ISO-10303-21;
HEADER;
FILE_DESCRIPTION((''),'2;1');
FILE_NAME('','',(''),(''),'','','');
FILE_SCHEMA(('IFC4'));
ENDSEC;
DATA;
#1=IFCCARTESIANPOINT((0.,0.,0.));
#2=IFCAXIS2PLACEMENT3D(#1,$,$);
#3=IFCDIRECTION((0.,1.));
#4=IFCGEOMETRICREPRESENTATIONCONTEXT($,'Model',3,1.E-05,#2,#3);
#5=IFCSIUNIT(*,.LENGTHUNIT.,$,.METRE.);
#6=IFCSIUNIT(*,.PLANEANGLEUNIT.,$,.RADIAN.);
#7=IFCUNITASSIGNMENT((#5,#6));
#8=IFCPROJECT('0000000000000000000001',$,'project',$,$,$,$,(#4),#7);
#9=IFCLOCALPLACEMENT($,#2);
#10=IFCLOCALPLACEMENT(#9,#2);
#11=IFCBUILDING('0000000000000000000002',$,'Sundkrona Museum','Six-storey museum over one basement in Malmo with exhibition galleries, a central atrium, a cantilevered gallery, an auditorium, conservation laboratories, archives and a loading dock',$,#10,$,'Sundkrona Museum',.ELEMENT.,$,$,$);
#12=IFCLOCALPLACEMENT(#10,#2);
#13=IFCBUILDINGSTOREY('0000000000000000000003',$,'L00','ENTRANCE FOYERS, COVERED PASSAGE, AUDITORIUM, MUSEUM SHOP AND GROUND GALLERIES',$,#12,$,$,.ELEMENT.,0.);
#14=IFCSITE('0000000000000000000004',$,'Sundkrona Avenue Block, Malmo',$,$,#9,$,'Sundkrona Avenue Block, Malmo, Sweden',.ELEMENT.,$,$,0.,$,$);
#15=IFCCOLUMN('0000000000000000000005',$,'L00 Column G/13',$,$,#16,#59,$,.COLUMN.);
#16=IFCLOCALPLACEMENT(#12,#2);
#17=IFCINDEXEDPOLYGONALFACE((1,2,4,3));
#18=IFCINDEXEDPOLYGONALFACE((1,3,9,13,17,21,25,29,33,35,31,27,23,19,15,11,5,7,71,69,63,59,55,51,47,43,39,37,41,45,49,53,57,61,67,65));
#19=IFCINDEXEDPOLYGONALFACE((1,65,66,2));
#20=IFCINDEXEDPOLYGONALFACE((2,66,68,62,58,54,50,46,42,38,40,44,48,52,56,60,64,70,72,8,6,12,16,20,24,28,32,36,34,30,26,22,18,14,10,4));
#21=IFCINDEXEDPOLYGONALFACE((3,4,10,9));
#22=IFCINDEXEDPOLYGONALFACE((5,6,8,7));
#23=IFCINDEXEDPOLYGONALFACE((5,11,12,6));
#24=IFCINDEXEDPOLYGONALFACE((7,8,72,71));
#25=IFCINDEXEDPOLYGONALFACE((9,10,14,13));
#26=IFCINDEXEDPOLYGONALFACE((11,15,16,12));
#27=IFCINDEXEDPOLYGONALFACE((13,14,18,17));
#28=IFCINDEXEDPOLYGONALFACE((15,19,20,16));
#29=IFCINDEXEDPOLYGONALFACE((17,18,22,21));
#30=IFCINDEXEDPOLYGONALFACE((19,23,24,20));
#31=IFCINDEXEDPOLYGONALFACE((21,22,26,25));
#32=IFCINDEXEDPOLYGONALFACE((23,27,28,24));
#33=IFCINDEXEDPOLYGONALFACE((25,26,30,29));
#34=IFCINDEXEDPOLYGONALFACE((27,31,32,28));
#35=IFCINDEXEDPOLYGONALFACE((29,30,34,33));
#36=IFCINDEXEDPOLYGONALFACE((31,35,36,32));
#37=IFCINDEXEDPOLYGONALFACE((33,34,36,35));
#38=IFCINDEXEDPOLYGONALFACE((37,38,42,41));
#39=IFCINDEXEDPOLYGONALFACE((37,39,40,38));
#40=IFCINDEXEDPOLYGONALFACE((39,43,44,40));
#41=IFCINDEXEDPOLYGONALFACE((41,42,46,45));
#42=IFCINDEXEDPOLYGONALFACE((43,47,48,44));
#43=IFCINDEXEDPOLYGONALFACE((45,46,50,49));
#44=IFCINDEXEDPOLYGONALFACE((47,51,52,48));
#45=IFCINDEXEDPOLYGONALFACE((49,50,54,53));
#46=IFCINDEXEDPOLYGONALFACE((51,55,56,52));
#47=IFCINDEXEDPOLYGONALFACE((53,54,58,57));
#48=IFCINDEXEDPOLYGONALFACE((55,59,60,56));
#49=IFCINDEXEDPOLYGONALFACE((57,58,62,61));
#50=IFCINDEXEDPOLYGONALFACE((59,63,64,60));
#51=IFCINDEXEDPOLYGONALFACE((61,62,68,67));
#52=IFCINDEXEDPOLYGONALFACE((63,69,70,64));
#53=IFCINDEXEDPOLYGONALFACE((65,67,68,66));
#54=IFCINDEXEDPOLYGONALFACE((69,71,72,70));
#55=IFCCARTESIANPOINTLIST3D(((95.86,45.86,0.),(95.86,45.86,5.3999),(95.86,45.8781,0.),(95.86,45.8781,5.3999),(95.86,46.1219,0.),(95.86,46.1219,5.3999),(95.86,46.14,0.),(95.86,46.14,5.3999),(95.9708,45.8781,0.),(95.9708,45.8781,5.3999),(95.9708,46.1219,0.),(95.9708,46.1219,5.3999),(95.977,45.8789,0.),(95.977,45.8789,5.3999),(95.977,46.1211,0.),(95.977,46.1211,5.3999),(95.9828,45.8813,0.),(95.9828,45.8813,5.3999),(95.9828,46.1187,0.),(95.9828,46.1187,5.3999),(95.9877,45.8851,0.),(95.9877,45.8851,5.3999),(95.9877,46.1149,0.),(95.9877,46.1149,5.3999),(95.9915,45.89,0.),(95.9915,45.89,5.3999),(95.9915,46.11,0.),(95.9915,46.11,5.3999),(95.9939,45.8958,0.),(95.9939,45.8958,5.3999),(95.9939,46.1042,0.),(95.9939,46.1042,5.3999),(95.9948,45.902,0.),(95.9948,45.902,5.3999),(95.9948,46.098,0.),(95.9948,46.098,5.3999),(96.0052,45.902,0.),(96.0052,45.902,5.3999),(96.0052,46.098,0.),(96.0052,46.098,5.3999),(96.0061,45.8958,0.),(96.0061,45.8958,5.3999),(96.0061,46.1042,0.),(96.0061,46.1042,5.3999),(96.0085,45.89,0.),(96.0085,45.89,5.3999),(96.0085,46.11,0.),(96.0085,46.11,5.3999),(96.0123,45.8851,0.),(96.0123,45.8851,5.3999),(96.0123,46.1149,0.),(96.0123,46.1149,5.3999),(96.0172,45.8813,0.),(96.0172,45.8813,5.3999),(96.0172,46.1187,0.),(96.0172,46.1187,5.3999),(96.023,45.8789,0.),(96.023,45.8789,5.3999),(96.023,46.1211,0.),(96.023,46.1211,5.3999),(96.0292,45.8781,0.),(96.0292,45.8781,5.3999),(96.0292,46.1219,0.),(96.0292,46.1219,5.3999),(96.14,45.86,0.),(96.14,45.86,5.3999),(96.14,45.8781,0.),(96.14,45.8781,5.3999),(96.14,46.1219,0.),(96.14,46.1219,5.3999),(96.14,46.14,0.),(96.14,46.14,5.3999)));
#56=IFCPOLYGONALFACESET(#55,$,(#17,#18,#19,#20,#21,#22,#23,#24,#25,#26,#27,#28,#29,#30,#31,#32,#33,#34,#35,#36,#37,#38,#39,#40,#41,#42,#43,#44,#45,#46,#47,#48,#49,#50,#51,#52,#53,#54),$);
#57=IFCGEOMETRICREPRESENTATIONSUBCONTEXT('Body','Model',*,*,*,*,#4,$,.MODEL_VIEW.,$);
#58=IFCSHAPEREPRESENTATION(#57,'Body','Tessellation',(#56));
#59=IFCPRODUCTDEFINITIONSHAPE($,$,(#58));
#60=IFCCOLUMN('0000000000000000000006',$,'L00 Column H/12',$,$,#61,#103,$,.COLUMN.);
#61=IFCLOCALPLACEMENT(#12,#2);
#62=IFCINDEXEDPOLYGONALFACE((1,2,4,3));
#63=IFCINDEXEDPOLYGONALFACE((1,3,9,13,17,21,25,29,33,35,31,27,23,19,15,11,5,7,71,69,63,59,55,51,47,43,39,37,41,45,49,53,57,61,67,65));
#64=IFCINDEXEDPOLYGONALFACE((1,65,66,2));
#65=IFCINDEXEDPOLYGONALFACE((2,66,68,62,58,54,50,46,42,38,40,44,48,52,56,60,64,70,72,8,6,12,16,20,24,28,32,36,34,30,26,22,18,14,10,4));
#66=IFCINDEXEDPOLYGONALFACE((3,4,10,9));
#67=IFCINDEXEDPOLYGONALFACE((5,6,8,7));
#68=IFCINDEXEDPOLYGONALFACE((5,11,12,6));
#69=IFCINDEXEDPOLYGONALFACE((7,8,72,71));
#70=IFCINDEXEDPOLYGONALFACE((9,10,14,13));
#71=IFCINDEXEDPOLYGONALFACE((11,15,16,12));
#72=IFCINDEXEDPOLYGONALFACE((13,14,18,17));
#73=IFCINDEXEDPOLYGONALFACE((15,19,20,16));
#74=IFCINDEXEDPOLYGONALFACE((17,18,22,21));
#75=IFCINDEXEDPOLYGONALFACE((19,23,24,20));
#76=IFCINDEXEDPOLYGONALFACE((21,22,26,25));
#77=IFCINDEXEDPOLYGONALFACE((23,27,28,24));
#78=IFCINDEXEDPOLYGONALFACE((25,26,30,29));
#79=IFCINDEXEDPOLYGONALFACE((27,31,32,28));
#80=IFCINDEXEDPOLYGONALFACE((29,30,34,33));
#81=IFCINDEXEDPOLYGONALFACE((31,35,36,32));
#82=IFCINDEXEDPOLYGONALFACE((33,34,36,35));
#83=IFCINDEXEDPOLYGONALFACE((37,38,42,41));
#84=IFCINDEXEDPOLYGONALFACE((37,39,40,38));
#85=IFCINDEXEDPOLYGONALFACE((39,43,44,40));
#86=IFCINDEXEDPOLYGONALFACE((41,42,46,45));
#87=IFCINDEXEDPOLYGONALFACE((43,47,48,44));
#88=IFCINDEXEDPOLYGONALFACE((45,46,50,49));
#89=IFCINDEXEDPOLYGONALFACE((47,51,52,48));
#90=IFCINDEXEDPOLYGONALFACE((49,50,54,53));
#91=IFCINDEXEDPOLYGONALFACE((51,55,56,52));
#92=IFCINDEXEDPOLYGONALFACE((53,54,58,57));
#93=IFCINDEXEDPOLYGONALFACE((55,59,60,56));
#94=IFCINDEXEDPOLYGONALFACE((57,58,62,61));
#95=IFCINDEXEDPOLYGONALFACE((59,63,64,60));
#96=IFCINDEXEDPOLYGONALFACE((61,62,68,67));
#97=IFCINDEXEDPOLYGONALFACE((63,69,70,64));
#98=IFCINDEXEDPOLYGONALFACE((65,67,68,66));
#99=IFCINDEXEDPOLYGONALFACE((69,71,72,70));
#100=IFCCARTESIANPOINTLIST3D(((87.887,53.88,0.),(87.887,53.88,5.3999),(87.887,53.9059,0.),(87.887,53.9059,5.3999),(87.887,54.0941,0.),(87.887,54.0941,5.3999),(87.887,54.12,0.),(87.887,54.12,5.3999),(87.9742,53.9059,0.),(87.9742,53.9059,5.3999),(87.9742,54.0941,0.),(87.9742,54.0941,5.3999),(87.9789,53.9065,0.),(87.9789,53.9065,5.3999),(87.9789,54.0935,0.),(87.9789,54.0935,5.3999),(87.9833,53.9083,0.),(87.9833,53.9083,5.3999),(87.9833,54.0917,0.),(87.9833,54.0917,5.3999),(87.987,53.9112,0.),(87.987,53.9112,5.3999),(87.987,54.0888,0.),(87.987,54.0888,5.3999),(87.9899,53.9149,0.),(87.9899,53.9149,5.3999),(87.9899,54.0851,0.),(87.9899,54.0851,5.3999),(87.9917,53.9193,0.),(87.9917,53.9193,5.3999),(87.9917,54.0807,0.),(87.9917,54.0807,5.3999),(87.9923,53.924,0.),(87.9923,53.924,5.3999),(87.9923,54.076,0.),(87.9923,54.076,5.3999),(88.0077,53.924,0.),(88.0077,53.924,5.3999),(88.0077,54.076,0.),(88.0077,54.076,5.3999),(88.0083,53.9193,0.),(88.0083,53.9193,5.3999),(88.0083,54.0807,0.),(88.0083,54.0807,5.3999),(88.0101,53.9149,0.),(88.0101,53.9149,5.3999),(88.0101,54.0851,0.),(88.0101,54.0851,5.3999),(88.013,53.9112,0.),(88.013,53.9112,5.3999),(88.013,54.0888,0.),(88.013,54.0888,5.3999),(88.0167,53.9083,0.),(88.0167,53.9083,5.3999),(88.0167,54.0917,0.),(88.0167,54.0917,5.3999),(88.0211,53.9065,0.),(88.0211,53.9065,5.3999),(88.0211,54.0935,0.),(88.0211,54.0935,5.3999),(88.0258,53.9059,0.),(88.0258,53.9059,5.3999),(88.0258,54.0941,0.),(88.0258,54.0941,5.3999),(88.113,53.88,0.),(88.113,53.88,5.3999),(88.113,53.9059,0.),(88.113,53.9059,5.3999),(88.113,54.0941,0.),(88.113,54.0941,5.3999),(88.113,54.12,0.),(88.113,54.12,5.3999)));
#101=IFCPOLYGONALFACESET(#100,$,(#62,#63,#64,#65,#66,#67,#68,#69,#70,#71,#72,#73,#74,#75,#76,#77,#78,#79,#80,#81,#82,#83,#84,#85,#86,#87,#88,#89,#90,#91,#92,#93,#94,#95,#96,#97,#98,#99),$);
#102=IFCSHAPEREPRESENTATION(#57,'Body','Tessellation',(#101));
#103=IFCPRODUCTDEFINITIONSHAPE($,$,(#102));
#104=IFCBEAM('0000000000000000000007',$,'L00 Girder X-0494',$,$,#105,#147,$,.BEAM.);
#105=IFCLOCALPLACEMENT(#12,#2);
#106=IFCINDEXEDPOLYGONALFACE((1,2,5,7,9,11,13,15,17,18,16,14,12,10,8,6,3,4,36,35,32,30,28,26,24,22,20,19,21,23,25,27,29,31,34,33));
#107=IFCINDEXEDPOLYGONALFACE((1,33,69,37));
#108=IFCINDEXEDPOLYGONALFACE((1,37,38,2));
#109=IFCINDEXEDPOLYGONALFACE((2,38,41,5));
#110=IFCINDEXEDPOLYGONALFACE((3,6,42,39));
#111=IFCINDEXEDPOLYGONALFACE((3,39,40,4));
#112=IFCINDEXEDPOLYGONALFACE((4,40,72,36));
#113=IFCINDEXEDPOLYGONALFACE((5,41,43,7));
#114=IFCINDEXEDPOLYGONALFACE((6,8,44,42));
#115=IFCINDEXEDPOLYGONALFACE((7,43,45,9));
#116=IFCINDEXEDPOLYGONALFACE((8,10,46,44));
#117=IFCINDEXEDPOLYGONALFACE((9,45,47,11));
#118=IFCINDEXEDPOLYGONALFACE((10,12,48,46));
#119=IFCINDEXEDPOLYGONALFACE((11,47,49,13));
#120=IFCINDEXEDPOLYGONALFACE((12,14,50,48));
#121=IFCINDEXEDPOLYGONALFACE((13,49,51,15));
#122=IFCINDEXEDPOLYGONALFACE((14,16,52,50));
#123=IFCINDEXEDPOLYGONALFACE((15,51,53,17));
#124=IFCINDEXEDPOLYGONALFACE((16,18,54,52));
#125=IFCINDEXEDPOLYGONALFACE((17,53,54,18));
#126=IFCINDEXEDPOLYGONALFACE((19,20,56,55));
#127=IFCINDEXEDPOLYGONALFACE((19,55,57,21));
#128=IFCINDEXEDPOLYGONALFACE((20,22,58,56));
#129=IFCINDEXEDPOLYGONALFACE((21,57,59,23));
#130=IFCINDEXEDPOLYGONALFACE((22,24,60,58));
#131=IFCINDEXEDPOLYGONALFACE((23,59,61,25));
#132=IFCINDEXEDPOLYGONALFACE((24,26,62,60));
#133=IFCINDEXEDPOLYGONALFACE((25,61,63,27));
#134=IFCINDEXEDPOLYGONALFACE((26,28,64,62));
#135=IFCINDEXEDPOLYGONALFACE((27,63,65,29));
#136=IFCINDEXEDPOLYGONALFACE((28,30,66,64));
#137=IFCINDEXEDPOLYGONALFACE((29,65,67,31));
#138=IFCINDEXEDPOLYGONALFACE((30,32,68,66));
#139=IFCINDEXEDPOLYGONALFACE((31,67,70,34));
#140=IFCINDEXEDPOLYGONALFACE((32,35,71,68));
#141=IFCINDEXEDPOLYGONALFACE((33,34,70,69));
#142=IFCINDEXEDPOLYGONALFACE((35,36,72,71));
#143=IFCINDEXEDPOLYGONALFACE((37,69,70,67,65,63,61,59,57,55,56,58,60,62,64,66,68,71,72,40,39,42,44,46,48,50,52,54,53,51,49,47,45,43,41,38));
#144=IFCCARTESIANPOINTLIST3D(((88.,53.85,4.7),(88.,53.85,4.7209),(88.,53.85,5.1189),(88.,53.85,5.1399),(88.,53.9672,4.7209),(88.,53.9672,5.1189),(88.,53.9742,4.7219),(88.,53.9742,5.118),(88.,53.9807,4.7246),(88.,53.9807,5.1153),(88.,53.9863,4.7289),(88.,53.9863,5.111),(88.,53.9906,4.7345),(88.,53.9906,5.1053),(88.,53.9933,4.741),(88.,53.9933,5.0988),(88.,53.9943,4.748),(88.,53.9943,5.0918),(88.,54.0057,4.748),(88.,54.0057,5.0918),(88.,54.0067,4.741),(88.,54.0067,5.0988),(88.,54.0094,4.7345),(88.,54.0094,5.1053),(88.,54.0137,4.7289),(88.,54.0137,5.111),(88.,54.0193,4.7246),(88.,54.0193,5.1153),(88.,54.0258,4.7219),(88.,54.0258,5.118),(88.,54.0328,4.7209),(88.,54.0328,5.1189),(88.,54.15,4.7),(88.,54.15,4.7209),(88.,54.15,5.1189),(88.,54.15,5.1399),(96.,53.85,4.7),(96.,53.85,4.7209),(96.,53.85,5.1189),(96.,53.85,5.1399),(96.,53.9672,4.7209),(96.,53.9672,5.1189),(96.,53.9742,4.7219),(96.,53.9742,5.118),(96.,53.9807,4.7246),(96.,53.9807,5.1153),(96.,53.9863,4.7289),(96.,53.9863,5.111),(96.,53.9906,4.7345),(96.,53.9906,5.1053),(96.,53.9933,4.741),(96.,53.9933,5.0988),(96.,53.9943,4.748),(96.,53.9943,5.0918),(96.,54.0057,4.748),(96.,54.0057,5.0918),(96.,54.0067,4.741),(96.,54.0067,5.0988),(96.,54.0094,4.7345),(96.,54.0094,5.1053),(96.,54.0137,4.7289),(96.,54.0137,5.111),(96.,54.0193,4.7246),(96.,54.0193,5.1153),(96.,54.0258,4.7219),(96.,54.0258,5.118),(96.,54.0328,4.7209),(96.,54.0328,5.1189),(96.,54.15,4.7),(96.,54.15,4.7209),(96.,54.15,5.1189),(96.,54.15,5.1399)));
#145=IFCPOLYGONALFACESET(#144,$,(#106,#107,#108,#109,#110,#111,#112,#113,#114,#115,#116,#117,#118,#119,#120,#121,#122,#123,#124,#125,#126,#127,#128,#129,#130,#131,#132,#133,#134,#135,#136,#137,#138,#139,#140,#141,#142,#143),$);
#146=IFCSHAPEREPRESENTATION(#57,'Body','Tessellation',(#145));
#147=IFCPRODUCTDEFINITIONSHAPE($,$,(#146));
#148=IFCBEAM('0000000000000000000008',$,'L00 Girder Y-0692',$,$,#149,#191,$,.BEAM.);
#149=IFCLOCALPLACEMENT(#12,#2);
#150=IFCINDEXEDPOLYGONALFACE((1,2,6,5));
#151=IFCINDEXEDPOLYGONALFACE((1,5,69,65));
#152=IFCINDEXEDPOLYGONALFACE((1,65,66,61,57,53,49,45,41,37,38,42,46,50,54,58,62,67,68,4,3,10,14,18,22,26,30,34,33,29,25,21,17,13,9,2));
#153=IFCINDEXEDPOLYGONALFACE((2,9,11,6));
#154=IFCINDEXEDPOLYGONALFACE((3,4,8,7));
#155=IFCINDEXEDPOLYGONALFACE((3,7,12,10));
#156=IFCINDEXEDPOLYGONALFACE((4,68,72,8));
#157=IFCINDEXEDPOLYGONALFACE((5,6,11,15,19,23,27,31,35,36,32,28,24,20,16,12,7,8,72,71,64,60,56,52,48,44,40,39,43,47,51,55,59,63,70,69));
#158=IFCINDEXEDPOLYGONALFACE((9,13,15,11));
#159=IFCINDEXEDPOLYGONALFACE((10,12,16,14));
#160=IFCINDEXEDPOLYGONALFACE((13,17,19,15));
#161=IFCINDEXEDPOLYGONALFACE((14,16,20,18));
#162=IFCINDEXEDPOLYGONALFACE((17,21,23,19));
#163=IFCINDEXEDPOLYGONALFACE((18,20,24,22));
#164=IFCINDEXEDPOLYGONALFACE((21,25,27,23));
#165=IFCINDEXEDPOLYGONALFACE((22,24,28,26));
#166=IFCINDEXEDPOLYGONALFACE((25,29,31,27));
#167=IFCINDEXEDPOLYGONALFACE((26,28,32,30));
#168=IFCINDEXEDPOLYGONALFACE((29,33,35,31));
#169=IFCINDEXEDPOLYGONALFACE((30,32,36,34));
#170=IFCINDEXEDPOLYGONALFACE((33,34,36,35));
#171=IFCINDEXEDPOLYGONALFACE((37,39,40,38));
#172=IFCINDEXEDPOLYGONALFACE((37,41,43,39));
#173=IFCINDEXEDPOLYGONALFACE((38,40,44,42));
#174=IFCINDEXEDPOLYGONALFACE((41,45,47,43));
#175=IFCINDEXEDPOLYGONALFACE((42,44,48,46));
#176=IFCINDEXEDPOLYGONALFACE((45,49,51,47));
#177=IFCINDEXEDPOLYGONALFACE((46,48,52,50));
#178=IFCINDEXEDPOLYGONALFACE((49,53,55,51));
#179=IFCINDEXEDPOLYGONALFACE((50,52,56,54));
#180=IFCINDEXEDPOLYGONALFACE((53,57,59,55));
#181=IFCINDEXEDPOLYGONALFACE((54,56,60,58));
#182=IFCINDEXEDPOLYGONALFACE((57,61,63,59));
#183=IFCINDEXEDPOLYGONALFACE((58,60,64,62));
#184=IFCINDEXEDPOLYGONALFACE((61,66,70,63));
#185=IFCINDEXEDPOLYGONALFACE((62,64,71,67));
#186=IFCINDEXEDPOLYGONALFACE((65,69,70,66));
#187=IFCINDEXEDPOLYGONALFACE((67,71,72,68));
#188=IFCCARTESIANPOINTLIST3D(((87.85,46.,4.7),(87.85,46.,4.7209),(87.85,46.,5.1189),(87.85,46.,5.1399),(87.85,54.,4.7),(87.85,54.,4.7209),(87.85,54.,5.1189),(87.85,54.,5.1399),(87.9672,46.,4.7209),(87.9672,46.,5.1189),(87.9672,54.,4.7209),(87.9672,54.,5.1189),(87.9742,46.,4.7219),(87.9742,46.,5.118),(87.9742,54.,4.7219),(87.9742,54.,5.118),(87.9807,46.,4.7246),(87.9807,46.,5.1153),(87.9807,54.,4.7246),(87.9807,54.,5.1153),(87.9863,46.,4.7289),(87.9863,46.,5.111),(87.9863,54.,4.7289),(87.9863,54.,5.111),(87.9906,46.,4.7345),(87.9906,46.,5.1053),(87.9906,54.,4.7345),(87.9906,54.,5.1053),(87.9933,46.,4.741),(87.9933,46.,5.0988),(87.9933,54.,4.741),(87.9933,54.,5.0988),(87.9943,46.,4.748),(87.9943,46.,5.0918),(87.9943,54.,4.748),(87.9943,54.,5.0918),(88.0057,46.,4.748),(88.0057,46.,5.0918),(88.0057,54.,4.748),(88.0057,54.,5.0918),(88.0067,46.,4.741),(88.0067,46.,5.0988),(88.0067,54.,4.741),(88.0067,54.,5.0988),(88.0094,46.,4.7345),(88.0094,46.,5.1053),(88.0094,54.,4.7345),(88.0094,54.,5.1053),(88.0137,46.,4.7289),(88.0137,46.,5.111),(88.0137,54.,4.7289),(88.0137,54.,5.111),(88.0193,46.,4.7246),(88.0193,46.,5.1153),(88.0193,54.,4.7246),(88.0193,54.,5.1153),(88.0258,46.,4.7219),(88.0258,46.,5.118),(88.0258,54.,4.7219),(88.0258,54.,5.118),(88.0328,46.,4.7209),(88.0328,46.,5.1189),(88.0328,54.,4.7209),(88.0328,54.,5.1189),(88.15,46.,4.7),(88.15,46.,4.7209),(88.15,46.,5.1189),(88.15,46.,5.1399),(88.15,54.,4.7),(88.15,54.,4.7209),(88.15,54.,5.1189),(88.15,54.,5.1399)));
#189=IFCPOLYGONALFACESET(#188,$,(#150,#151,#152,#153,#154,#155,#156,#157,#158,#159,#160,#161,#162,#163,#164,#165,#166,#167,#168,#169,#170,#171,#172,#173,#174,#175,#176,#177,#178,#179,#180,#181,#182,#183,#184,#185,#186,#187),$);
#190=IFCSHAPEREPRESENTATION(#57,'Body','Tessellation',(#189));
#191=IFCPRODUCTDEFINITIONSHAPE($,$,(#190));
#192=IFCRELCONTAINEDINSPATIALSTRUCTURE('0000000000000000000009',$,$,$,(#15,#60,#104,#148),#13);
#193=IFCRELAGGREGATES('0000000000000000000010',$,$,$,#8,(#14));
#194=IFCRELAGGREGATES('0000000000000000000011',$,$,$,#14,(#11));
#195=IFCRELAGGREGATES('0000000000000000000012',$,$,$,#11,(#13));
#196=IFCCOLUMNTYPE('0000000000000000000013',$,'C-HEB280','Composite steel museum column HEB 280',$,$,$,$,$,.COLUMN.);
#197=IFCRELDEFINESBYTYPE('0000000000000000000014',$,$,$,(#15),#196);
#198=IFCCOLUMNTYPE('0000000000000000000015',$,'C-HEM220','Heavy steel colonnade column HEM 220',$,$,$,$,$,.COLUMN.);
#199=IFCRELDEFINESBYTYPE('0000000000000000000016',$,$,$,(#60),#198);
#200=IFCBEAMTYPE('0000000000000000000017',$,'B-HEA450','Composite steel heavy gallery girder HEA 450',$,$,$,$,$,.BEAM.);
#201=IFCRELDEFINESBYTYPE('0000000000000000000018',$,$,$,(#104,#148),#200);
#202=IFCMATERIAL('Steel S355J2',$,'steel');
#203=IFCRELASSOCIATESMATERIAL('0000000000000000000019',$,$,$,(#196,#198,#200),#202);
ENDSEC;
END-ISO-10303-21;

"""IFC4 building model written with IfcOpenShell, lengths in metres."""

from ifc_helpers import new_model, si_unit, direction, frame, origin, origin_2d, place, context, subcontext, project, spatial, i_section, extrude, material, material_profile, profile_set, type_object, element, save


model = new_model("IFC4")

# Units and contexts
model_context = context("Model", 3, precision=1e-05, world=origin(), true_north=direction((0.0, 1.0)))
body_context = subcontext(model_context, "Body", "Model", "MODEL_VIEW")
ifc_project = project(units=[si_unit("LENGTHUNIT", "METRE"), si_unit("PLANEANGLEUNIT", "RADIAN")], contexts=[model_context])

# Site, building, storey
site_placement = place(None, origin())
site = spatial("IfcSite", under=ifc_project, at=site_placement, Name="Sundkrona Avenue Block, Malmo", LongName="Sundkrona Avenue Block, Malmo, Sweden", CompositionType="ELEMENT", RefElevation=0.0)
building_placement = place(site_placement, origin())
building = spatial("IfcBuilding", under=site, at=building_placement, Name="Sundkrona Museum", Description="Six-storey museum over one basement in Malmo with exhibition galleries, a central atrium, a cantilevered gallery, an auditorium, conservation laboratories, archives and a loading dock", LongName="Sundkrona Museum", CompositionType="ELEMENT")
storey_placement = place(building_placement, origin())
storey = spatial("IfcBuildingStorey", under=building, at=storey_placement, Name="L00", Description="ENTRANCE FOYERS, COVERED PASSAGE, AUDITORIUM, MUSEUM SHOP AND GROUND GALLERIES", CompositionType="ELEMENT", Elevation=0.0)

# Columns
ifc_material_1 = material(Name="Steel S355J2", Category="steel")
ifc_material_profile_1 = material_profile(ifc_material_1, i_section(OverallWidth=0.28, OverallDepth=0.28, WebThickness=0.0105, FlangeThickness=0.0181, FilletRadius=0.0239, at=origin_2d()), Name="HEB 280")
ifc_profile_set_1 = profile_set([ifc_material_profile_1], Name="Steel S355J2")
column_type_1 = type_object("IfcColumnType", Name="C-HEB280", Description="Composite steel museum column HEB 280", PredefinedType="COLUMN", material=ifc_profile_set_1)
column_1_placement = place(storey_placement, frame((96.0, 46.0, 0.0), z_axis=(0.0, 0.0, 1.0), x_axis=(1.0, 0.0, 0.0)))
element("IfcColumn", 1, at=column_1_placement, inside=storey, type_object=column_type_1, Name="L00 Column G/13", PredefinedType="COLUMN", context=body_context, shape_type="SweptSolid", body=[
    extrude(i_section(OverallWidth=0.28, OverallDepth=0.28, WebThickness=0.0105, FlangeThickness=0.0181, FilletRadius=0.0239, at=origin_2d()), origin(), (0.0, 0.0, 1.0), 5.3999),
])
ifc_material_profile_2 = material_profile(ifc_material_1, i_section(OverallWidth=0.2261, OverallDepth=0.24, WebThickness=0.0154, FlangeThickness=0.0259, FilletRadius=0.0181, at=origin_2d()), Name="HEM 220")
ifc_profile_set_2 = profile_set([ifc_material_profile_2], Name="Steel S355J2")
column_type_2 = type_object("IfcColumnType", Name="C-HEM220", Description="Heavy steel colonnade column HEM 220", PredefinedType="COLUMN", material=ifc_profile_set_2)
column_2_placement = place(storey_placement, frame((88.0, 54.0, 0.0), z_axis=(0.0, 0.0, 1.0), x_axis=(1.0, 0.0, 0.0)))
element("IfcColumn", 2, at=column_2_placement, inside=storey, type_object=column_type_2, Name="L00 Column H/12", PredefinedType="COLUMN", context=body_context, shape_type="SweptSolid", body=[
    extrude(i_section(OverallWidth=0.2261, OverallDepth=0.24, WebThickness=0.0154, FlangeThickness=0.0259, FilletRadius=0.0181, at=origin_2d()), origin(), (0.0, 0.0, 1.0), 5.3999),
])

# Beams
ifc_material_profile_3 = material_profile(ifc_material_1, i_section(OverallWidth=0.3, OverallDepth=0.4399, WebThickness=0.0115, FlangeThickness=0.021, FilletRadius=0.0271, at=origin_2d()), Name="HEA 450")
ifc_profile_set_3 = profile_set([ifc_material_profile_3], Name="Steel S355J2")
beam_type_1 = type_object("IfcBeamType", Name="B-HEA450", Description="Composite steel heavy gallery girder HEA 450", PredefinedType="BEAM", material=ifc_profile_set_3)
for number, where, z_axis, x_axis, name in (
    (3, (88.0, 54.0, 4.9199), (1.0, 0.0, 0.0), (0.0, 1.0, 0.0), "L00 Girder X-0494"),
    (4, (88.0, 46.0, 4.9199), (0.0, 1.0, 0.0), (-1.0, 0.0, 0.0), "L00 Girder Y-0692"),
):
    element("IfcBeam", number, at=place(storey_placement, frame(where, z_axis=z_axis, x_axis=x_axis)), inside=storey, type_object=beam_type_1, Name=name, PredefinedType="BEAM", context=body_context, shape_type="SweptSolid", body=[
        extrude(i_section(OverallWidth=0.3, OverallDepth=0.4399, WebThickness=0.0115, FlangeThickness=0.021, FilletRadius=0.0271, at=origin_2d()), origin(), (0.0, 0.0, 1.0), 8.0),
    ])

save(model, "model.ifc")
